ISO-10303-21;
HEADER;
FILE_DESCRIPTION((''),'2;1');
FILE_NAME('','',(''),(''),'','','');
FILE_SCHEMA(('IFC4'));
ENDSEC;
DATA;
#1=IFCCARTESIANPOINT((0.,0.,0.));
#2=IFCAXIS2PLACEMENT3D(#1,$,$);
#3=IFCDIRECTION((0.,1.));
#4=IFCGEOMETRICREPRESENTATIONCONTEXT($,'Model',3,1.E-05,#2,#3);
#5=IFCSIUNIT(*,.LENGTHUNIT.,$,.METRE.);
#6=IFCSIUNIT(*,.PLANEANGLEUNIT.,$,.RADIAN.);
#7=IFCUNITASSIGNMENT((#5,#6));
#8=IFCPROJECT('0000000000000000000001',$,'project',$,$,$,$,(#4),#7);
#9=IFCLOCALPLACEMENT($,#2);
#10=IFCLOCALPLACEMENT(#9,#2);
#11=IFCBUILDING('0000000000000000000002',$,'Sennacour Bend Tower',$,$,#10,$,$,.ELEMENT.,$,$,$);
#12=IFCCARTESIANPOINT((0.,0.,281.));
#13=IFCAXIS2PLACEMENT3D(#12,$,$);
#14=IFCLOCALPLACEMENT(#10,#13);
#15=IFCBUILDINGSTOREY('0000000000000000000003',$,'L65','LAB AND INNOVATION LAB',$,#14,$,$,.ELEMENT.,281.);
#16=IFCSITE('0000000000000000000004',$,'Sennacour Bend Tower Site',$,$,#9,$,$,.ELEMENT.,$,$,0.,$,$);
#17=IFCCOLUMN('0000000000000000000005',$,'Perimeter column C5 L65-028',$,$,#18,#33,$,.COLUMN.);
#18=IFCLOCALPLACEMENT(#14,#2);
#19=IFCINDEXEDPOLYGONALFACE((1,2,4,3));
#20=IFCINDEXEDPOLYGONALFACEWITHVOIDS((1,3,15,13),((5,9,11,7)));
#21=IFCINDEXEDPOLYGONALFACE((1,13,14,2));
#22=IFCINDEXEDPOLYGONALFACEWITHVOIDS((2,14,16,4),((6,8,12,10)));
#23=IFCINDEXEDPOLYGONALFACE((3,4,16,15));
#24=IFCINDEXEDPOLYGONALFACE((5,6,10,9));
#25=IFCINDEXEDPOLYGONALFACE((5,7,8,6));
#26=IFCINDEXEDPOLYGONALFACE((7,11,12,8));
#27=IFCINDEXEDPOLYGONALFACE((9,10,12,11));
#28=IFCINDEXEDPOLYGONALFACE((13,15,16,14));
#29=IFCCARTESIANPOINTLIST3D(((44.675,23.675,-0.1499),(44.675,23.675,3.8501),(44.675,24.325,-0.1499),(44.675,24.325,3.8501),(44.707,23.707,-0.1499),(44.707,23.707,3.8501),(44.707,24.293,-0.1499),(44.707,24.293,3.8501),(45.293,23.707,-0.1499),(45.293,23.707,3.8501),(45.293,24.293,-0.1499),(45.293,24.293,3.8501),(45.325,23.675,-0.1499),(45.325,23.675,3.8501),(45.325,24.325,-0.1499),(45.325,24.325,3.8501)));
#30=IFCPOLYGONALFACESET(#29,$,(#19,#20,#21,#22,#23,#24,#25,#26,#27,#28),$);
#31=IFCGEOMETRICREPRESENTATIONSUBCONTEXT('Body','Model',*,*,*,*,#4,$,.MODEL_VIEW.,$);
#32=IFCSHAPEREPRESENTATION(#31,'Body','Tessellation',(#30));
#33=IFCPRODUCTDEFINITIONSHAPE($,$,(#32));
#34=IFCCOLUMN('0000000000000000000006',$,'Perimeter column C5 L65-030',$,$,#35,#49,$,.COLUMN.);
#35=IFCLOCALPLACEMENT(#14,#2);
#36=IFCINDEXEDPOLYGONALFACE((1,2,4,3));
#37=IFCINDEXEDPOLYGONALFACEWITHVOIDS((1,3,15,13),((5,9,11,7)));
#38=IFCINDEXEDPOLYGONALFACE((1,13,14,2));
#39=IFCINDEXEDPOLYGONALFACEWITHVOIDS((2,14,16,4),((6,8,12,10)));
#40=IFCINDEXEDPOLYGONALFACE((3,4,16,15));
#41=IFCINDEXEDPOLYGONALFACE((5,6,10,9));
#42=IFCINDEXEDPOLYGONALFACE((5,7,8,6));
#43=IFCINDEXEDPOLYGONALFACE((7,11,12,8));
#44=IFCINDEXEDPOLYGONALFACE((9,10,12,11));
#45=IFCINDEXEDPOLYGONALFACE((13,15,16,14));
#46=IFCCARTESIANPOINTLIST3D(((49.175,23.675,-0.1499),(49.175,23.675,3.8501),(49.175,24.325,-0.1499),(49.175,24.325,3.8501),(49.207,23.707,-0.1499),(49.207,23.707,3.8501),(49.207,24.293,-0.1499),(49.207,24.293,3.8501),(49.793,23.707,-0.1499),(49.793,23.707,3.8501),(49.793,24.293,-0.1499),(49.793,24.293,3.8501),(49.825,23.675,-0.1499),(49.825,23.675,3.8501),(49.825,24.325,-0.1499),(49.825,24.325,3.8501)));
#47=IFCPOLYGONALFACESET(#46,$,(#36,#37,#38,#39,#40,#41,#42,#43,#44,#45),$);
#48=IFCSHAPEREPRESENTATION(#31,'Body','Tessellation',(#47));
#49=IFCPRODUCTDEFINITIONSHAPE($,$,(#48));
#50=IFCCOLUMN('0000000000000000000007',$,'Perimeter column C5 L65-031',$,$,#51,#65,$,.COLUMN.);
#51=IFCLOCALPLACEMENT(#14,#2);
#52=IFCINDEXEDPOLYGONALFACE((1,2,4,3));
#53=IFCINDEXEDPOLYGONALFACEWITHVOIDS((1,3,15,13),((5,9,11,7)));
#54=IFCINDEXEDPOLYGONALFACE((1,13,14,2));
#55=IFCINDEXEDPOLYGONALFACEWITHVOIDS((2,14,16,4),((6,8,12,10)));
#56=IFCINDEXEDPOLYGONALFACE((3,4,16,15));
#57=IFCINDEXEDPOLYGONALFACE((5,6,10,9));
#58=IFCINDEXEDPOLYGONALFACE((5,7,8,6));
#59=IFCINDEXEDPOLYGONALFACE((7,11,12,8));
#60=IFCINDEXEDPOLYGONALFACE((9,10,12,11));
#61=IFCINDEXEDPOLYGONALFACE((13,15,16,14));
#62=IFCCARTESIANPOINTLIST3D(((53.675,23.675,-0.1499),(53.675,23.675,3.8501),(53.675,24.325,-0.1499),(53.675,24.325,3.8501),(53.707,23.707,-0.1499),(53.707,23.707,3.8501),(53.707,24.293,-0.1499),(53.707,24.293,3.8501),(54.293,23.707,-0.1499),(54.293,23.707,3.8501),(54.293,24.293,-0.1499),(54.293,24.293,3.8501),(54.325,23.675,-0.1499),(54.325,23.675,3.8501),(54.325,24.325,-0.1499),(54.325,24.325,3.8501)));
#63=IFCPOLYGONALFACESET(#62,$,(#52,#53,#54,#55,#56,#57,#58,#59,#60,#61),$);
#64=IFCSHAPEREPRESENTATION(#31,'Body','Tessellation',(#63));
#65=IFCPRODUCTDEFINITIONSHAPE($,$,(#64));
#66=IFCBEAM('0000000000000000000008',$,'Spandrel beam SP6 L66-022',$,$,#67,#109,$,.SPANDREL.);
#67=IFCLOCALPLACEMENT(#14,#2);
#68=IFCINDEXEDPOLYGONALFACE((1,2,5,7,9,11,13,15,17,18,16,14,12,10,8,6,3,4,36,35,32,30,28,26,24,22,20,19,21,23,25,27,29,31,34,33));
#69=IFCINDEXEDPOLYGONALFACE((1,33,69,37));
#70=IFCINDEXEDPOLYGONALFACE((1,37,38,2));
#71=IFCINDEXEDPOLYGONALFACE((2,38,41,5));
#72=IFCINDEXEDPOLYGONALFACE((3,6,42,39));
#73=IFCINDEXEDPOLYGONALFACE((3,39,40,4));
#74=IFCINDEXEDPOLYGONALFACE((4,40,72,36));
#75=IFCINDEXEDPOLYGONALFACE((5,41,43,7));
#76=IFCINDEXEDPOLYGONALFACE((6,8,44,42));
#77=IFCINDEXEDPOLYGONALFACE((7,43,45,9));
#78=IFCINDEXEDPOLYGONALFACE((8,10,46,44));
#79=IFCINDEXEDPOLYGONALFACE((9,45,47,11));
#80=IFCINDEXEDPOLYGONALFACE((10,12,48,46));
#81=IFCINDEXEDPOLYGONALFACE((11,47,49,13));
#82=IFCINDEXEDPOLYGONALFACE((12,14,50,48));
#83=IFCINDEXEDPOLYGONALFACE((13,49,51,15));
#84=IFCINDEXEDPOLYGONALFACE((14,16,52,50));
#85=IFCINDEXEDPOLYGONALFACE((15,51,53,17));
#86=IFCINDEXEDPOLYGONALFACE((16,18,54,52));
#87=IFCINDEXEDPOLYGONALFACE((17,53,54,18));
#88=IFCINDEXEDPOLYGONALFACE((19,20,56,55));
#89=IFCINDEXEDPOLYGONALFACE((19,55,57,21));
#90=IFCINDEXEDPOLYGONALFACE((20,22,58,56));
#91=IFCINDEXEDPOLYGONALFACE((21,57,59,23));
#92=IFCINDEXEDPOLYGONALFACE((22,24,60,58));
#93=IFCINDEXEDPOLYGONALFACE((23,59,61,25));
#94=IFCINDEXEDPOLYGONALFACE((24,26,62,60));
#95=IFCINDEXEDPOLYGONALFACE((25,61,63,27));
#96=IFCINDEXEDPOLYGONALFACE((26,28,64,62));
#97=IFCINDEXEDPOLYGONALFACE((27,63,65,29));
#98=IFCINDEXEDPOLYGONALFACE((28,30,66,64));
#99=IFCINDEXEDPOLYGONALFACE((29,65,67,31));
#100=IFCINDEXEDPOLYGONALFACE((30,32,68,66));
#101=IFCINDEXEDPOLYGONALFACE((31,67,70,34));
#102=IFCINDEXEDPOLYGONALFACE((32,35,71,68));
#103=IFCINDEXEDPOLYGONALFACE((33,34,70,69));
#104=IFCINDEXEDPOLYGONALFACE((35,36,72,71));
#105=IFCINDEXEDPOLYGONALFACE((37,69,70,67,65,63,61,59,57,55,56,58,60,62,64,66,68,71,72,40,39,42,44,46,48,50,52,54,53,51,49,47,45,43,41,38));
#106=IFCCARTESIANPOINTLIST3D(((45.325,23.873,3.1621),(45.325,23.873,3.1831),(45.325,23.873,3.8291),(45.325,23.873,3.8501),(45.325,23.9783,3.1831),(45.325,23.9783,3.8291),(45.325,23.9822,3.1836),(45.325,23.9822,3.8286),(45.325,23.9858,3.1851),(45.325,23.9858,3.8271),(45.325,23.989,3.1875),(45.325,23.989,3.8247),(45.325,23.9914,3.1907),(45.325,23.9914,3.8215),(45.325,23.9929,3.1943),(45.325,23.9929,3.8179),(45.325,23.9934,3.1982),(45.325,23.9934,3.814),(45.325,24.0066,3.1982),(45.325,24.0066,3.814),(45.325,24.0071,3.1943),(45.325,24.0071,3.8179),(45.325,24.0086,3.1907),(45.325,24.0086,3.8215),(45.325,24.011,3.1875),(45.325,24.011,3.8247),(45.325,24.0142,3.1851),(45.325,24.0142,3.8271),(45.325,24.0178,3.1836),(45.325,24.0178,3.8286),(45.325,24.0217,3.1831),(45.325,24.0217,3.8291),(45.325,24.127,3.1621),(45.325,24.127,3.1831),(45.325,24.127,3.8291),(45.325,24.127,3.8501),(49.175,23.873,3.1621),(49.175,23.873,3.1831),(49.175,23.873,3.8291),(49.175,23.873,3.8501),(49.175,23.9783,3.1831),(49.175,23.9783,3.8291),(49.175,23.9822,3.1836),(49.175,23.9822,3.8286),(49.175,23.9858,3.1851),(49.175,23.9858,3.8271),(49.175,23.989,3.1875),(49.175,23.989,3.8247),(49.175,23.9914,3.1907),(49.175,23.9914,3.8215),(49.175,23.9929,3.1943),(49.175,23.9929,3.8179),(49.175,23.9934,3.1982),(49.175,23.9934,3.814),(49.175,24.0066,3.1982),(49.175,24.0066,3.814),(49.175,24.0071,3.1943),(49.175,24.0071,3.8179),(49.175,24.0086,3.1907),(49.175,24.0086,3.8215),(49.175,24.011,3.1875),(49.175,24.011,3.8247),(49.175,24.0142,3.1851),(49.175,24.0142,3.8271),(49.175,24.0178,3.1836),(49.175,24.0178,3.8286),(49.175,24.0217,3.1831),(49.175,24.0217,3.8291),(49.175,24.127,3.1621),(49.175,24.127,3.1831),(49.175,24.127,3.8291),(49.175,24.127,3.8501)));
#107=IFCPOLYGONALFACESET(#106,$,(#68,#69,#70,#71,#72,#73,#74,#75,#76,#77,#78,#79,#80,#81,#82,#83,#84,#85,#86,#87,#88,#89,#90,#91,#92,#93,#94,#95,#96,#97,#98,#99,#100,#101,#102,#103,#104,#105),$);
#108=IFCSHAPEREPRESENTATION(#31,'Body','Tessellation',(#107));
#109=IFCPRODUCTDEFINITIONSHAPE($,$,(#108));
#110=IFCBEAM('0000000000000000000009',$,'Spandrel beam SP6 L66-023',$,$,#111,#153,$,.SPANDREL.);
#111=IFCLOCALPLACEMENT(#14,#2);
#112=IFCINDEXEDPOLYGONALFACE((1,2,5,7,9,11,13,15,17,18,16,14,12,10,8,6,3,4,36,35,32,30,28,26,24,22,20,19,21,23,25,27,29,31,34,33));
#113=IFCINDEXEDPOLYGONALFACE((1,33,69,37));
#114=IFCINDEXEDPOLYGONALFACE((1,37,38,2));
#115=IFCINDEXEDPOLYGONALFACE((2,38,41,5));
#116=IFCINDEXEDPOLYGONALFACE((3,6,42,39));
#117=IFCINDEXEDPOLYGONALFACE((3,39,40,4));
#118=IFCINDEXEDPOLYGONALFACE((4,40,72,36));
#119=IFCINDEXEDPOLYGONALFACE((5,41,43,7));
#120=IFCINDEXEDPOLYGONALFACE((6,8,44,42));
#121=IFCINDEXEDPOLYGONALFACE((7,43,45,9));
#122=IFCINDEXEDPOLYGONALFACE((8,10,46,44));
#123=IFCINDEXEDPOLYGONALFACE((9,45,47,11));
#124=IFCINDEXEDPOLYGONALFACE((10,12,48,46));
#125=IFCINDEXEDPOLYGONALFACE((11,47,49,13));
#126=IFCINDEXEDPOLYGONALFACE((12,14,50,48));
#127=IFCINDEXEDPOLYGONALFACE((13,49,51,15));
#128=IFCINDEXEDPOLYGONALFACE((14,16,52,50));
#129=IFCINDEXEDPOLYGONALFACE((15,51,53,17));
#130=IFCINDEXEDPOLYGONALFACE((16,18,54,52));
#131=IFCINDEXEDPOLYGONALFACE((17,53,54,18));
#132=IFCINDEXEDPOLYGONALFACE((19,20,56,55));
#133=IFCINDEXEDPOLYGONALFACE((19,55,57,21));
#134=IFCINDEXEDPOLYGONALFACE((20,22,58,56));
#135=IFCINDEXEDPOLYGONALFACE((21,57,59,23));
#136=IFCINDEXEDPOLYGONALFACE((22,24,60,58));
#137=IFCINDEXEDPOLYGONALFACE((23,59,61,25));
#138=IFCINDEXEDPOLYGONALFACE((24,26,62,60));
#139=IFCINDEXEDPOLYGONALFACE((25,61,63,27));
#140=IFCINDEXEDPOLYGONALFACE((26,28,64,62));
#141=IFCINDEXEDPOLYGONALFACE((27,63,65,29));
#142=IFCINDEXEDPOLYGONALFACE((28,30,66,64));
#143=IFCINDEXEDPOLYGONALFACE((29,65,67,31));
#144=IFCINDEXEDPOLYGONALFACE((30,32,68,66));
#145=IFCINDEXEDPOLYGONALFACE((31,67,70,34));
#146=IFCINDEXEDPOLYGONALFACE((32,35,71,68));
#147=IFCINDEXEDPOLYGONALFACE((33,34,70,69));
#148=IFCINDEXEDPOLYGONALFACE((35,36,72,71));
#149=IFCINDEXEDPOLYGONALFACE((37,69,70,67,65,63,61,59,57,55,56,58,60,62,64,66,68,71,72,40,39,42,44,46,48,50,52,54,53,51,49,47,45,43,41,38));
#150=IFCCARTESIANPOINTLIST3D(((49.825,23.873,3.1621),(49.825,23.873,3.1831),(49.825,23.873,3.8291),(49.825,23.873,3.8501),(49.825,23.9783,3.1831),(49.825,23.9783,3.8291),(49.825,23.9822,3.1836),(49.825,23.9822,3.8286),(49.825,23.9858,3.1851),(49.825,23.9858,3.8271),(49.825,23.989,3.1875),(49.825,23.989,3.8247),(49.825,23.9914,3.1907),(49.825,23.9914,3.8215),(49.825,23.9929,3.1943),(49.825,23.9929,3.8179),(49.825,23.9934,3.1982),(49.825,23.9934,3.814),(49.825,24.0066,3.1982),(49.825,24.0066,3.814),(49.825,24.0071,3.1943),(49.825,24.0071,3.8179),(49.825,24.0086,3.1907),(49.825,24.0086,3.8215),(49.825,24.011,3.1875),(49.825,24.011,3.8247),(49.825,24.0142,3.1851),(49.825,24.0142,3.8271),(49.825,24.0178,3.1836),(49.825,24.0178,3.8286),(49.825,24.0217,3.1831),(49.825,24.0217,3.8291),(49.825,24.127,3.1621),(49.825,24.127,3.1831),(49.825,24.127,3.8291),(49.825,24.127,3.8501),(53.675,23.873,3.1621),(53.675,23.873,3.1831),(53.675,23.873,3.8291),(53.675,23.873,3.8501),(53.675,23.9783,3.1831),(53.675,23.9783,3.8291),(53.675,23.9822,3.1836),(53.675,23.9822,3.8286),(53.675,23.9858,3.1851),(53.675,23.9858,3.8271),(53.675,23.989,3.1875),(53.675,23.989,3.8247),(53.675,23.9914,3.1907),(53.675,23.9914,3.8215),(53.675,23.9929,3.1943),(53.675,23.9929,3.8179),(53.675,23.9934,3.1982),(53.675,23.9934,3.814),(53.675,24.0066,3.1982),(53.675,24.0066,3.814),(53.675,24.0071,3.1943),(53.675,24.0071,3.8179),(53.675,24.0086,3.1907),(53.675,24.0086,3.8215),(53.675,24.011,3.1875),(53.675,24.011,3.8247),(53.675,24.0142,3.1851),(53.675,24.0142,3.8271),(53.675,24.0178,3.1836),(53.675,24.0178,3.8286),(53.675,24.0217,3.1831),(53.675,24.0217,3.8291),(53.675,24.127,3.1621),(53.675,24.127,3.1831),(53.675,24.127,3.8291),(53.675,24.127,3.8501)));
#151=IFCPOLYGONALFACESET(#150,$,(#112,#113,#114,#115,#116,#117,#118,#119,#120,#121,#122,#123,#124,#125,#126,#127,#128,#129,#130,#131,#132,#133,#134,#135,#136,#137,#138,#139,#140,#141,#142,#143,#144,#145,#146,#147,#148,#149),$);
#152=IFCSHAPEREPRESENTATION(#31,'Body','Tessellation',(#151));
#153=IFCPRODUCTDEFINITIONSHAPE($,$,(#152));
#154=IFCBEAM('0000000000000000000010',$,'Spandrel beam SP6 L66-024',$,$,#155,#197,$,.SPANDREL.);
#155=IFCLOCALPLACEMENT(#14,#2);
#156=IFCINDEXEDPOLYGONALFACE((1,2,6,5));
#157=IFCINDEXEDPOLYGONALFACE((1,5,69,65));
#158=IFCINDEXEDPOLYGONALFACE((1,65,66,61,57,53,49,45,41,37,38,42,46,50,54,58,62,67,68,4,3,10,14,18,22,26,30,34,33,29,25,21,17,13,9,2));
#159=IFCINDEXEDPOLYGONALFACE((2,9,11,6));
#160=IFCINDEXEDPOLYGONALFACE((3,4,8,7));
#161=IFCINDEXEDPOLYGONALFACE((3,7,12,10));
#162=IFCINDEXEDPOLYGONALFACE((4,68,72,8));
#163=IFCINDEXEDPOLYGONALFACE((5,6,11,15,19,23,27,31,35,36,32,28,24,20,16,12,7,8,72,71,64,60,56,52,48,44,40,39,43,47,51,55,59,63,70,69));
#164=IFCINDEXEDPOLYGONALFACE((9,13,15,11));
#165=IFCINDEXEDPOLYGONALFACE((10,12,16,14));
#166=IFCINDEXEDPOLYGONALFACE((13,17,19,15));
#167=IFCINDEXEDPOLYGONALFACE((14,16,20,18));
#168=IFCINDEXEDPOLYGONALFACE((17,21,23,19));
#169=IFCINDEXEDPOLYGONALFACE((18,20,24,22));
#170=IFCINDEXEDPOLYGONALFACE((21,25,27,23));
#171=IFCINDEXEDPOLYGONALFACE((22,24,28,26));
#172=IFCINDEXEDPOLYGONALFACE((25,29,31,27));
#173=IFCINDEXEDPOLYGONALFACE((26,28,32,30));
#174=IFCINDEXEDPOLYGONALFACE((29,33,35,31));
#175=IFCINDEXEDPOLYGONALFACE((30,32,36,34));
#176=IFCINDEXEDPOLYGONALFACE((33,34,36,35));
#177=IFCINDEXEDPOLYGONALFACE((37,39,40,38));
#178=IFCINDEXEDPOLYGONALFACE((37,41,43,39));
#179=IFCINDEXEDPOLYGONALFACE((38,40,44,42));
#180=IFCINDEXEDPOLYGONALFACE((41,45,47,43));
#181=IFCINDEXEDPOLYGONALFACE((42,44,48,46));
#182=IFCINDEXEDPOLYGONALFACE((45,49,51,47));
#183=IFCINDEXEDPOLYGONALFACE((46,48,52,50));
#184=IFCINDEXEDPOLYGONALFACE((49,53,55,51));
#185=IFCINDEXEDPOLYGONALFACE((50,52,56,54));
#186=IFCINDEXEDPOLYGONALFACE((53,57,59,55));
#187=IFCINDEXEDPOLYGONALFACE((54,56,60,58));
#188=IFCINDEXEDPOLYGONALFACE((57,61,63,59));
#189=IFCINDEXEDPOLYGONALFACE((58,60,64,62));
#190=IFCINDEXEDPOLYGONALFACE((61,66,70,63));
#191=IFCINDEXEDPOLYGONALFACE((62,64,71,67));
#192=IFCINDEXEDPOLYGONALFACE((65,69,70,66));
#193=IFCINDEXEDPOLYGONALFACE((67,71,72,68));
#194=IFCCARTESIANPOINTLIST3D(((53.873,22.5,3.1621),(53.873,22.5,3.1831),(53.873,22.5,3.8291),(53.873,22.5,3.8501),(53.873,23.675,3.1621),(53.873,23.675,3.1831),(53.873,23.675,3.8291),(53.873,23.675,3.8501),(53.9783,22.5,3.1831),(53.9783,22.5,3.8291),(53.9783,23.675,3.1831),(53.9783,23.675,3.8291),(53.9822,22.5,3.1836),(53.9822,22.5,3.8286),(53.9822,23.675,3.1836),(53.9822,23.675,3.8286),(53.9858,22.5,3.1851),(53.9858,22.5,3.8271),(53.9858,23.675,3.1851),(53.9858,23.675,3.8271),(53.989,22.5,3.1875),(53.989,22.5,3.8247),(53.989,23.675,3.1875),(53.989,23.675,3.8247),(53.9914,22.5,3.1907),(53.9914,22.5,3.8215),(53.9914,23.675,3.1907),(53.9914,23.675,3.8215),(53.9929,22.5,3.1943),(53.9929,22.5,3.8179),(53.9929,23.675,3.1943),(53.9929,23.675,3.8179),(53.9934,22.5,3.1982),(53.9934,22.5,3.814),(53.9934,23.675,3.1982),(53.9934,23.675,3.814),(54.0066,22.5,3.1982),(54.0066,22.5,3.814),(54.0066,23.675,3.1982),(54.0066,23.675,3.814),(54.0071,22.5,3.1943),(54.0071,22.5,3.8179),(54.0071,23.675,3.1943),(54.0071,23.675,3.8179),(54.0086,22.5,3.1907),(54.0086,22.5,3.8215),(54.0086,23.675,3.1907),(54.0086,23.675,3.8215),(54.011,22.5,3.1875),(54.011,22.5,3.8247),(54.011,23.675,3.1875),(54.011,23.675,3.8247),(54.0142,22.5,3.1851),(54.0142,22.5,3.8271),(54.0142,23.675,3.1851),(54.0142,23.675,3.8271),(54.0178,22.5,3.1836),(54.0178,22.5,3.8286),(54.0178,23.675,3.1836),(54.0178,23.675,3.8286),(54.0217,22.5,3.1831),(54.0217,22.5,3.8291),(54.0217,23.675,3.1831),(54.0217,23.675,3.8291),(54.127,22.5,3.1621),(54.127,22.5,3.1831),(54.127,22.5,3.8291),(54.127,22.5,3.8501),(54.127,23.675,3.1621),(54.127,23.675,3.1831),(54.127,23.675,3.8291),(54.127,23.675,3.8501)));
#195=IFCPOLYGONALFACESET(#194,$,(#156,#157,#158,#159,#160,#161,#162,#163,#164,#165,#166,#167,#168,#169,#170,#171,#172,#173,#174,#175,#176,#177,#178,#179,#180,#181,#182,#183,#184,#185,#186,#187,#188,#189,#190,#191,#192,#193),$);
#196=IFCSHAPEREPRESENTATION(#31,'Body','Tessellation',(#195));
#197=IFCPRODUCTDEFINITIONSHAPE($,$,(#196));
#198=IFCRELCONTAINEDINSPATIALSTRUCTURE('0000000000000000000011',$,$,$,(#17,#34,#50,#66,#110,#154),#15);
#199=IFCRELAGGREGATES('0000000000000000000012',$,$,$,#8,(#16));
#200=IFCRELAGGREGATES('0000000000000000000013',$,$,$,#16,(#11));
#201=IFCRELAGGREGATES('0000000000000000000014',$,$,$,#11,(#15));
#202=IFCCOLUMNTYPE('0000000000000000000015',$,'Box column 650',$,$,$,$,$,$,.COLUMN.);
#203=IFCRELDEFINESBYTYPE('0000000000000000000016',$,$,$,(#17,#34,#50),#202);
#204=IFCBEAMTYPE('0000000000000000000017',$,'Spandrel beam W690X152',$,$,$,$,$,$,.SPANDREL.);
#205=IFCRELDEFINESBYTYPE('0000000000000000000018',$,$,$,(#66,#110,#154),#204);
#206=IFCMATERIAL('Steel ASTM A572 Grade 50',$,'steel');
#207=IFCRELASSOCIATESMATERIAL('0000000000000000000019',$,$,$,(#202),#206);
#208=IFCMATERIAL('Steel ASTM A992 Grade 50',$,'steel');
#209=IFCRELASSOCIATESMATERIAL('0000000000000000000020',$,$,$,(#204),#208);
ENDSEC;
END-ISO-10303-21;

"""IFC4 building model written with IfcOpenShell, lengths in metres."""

from ifc_helpers import new_model, si_unit, direction, frame, origin, origin_2d, place, context, subcontext, project, spatial, hollow_rectangle, i_section, extrude, material, material_profile, profile_set, type_object, element, save


model = new_model("IFC4")

# Units and contexts
model_context = context("Model", 3, precision=1e-05, world=origin(), true_north=direction((0.0, 1.0)))
body_context = subcontext(model_context, "Body", "Model", "MODEL_VIEW")
ifc_project = project(units=[si_unit("LENGTHUNIT", "METRE"), si_unit("PLANEANGLEUNIT", "RADIAN")], contexts=[model_context])

# Site, building, storey
site_placement = place(None, origin())
site = spatial("IfcSite", under=ifc_project, at=site_placement, Name="Sennacour Bend Tower Site", CompositionType="ELEMENT", RefElevation=0.0)
building_placement = place(site_placement, origin())
building = spatial("IfcBuilding", under=site, at=building_placement, Name="Sennacour Bend Tower", CompositionType="ELEMENT")
storey_placement = place(building_placement, frame((0.0, 0.0, 281.0)))
storey = spatial("IfcBuildingStorey", under=building, at=storey_placement, Name="L65", Description="LAB AND INNOVATION LAB", CompositionType="ELEMENT", Elevation=281.0)

# Columns
ifc_material_1 = material(Name="Steel ASTM A572 Grade 50", Category="steel")
ifc_material_profile_1 = material_profile(ifc_material_1, hollow_rectangle(XDim=0.6499, YDim=0.6499, WallThickness=0.032, at=origin_2d()), Name="Steel ASTM A572 Grade 50", Category="steel")
ifc_profile_set_1 = profile_set([ifc_material_profile_1], Name="Steel ASTM A572 Grade 50")
column_type = type_object("IfcColumnType", Name="Box column 650", PredefinedType="COLUMN", material=ifc_profile_set_1)
for number, where, z_axis, x_axis, name in (
    (1, (45.0, 24.0, -0.1499), (0.0, 0.0, 1.0), (1.0, 0.0, 0.0), "Perimeter column C5 L65-028"),
    (2, (49.5, 24.0, -0.1499), (0.0, 0.0, 1.0), (1.0, 0.0, 0.0), "Perimeter column C5 L65-030"),
    (3, (54.0, 24.0, -0.1499), (0.0, 0.0, 1.0), (1.0, 0.0, 0.0), "Perimeter column C5 L65-031"),
):
    element("IfcColumn", number, at=place(storey_placement, frame(where, z_axis=z_axis, x_axis=x_axis)), inside=storey, type_object=column_type, Name=name, PredefinedType="COLUMN", context=body_context, shape_type="SweptSolid", body=[
        extrude(hollow_rectangle(XDim=0.6499, YDim=0.6499, WallThickness=0.032, at=origin_2d()), origin(), (0.0, 0.0, 1.0), 4.0),
    ])

# Beams
ifc_material_2 = material(Name="Steel ASTM A992 Grade 50", Category="steel")
ifc_material_profile_2 = material_profile(ifc_material_2, i_section(OverallWidth=0.2539, OverallDepth=0.688, WebThickness=0.0132, FlangeThickness=0.021, FilletRadius=0.0151, at=origin_2d()), Name="Steel ASTM A992 Grade 50", Category="steel")
ifc_profile_set_2 = profile_set([ifc_material_profile_2], Name="Steel ASTM A992 Grade 50")
beam_type = type_object("IfcBeamType", Name="Spandrel beam W690X152", PredefinedType="SPANDREL", material=ifc_profile_set_2)
for number, where, z_axis, x_axis, name in (
    (4, (45.325, 24.0, 3.5061), (1.0, 0.0, 0.0), (0.0, 1.0, 0.0), "Spandrel beam SP6 L66-022"),
    (5, (49.825, 24.0, 3.5061), (1.0, 0.0, 0.0), (0.0, 1.0, 0.0), "Spandrel beam SP6 L66-023"),
):
    element("IfcBeam", number, at=place(storey_placement, frame(where, z_axis=z_axis, x_axis=x_axis)), inside=storey, type_object=beam_type, Name=name, PredefinedType="SPANDREL", context=body_context, shape_type="SweptSolid", body=[
        extrude(i_section(OverallWidth=0.2539, OverallDepth=0.688, WebThickness=0.0132, FlangeThickness=0.021, FilletRadius=0.0151, at=origin_2d()), origin(), (0.0, 0.0, 1.0), 3.8501),
    ])
beam_placement = place(storey_placement, frame((54.0, 23.675, 3.5061), z_axis=(0.0, -1.0, 0.0), x_axis=(1.0, 0.0, 0.0)))
element("IfcBeam", 6, at=beam_placement, inside=storey, type_object=beam_type, Name="Spandrel beam SP6 L66-024", PredefinedType="SPANDREL", context=body_context, shape_type="SweptSolid", body=[
    extrude(i_section(OverallWidth=0.2539, OverallDepth=0.688, WebThickness=0.0132, FlangeThickness=0.021, FilletRadius=0.0151, at=origin_2d()), origin(), (0.0, 0.0, 1.0), 1.175),
])

save(model, "model.ifc")
